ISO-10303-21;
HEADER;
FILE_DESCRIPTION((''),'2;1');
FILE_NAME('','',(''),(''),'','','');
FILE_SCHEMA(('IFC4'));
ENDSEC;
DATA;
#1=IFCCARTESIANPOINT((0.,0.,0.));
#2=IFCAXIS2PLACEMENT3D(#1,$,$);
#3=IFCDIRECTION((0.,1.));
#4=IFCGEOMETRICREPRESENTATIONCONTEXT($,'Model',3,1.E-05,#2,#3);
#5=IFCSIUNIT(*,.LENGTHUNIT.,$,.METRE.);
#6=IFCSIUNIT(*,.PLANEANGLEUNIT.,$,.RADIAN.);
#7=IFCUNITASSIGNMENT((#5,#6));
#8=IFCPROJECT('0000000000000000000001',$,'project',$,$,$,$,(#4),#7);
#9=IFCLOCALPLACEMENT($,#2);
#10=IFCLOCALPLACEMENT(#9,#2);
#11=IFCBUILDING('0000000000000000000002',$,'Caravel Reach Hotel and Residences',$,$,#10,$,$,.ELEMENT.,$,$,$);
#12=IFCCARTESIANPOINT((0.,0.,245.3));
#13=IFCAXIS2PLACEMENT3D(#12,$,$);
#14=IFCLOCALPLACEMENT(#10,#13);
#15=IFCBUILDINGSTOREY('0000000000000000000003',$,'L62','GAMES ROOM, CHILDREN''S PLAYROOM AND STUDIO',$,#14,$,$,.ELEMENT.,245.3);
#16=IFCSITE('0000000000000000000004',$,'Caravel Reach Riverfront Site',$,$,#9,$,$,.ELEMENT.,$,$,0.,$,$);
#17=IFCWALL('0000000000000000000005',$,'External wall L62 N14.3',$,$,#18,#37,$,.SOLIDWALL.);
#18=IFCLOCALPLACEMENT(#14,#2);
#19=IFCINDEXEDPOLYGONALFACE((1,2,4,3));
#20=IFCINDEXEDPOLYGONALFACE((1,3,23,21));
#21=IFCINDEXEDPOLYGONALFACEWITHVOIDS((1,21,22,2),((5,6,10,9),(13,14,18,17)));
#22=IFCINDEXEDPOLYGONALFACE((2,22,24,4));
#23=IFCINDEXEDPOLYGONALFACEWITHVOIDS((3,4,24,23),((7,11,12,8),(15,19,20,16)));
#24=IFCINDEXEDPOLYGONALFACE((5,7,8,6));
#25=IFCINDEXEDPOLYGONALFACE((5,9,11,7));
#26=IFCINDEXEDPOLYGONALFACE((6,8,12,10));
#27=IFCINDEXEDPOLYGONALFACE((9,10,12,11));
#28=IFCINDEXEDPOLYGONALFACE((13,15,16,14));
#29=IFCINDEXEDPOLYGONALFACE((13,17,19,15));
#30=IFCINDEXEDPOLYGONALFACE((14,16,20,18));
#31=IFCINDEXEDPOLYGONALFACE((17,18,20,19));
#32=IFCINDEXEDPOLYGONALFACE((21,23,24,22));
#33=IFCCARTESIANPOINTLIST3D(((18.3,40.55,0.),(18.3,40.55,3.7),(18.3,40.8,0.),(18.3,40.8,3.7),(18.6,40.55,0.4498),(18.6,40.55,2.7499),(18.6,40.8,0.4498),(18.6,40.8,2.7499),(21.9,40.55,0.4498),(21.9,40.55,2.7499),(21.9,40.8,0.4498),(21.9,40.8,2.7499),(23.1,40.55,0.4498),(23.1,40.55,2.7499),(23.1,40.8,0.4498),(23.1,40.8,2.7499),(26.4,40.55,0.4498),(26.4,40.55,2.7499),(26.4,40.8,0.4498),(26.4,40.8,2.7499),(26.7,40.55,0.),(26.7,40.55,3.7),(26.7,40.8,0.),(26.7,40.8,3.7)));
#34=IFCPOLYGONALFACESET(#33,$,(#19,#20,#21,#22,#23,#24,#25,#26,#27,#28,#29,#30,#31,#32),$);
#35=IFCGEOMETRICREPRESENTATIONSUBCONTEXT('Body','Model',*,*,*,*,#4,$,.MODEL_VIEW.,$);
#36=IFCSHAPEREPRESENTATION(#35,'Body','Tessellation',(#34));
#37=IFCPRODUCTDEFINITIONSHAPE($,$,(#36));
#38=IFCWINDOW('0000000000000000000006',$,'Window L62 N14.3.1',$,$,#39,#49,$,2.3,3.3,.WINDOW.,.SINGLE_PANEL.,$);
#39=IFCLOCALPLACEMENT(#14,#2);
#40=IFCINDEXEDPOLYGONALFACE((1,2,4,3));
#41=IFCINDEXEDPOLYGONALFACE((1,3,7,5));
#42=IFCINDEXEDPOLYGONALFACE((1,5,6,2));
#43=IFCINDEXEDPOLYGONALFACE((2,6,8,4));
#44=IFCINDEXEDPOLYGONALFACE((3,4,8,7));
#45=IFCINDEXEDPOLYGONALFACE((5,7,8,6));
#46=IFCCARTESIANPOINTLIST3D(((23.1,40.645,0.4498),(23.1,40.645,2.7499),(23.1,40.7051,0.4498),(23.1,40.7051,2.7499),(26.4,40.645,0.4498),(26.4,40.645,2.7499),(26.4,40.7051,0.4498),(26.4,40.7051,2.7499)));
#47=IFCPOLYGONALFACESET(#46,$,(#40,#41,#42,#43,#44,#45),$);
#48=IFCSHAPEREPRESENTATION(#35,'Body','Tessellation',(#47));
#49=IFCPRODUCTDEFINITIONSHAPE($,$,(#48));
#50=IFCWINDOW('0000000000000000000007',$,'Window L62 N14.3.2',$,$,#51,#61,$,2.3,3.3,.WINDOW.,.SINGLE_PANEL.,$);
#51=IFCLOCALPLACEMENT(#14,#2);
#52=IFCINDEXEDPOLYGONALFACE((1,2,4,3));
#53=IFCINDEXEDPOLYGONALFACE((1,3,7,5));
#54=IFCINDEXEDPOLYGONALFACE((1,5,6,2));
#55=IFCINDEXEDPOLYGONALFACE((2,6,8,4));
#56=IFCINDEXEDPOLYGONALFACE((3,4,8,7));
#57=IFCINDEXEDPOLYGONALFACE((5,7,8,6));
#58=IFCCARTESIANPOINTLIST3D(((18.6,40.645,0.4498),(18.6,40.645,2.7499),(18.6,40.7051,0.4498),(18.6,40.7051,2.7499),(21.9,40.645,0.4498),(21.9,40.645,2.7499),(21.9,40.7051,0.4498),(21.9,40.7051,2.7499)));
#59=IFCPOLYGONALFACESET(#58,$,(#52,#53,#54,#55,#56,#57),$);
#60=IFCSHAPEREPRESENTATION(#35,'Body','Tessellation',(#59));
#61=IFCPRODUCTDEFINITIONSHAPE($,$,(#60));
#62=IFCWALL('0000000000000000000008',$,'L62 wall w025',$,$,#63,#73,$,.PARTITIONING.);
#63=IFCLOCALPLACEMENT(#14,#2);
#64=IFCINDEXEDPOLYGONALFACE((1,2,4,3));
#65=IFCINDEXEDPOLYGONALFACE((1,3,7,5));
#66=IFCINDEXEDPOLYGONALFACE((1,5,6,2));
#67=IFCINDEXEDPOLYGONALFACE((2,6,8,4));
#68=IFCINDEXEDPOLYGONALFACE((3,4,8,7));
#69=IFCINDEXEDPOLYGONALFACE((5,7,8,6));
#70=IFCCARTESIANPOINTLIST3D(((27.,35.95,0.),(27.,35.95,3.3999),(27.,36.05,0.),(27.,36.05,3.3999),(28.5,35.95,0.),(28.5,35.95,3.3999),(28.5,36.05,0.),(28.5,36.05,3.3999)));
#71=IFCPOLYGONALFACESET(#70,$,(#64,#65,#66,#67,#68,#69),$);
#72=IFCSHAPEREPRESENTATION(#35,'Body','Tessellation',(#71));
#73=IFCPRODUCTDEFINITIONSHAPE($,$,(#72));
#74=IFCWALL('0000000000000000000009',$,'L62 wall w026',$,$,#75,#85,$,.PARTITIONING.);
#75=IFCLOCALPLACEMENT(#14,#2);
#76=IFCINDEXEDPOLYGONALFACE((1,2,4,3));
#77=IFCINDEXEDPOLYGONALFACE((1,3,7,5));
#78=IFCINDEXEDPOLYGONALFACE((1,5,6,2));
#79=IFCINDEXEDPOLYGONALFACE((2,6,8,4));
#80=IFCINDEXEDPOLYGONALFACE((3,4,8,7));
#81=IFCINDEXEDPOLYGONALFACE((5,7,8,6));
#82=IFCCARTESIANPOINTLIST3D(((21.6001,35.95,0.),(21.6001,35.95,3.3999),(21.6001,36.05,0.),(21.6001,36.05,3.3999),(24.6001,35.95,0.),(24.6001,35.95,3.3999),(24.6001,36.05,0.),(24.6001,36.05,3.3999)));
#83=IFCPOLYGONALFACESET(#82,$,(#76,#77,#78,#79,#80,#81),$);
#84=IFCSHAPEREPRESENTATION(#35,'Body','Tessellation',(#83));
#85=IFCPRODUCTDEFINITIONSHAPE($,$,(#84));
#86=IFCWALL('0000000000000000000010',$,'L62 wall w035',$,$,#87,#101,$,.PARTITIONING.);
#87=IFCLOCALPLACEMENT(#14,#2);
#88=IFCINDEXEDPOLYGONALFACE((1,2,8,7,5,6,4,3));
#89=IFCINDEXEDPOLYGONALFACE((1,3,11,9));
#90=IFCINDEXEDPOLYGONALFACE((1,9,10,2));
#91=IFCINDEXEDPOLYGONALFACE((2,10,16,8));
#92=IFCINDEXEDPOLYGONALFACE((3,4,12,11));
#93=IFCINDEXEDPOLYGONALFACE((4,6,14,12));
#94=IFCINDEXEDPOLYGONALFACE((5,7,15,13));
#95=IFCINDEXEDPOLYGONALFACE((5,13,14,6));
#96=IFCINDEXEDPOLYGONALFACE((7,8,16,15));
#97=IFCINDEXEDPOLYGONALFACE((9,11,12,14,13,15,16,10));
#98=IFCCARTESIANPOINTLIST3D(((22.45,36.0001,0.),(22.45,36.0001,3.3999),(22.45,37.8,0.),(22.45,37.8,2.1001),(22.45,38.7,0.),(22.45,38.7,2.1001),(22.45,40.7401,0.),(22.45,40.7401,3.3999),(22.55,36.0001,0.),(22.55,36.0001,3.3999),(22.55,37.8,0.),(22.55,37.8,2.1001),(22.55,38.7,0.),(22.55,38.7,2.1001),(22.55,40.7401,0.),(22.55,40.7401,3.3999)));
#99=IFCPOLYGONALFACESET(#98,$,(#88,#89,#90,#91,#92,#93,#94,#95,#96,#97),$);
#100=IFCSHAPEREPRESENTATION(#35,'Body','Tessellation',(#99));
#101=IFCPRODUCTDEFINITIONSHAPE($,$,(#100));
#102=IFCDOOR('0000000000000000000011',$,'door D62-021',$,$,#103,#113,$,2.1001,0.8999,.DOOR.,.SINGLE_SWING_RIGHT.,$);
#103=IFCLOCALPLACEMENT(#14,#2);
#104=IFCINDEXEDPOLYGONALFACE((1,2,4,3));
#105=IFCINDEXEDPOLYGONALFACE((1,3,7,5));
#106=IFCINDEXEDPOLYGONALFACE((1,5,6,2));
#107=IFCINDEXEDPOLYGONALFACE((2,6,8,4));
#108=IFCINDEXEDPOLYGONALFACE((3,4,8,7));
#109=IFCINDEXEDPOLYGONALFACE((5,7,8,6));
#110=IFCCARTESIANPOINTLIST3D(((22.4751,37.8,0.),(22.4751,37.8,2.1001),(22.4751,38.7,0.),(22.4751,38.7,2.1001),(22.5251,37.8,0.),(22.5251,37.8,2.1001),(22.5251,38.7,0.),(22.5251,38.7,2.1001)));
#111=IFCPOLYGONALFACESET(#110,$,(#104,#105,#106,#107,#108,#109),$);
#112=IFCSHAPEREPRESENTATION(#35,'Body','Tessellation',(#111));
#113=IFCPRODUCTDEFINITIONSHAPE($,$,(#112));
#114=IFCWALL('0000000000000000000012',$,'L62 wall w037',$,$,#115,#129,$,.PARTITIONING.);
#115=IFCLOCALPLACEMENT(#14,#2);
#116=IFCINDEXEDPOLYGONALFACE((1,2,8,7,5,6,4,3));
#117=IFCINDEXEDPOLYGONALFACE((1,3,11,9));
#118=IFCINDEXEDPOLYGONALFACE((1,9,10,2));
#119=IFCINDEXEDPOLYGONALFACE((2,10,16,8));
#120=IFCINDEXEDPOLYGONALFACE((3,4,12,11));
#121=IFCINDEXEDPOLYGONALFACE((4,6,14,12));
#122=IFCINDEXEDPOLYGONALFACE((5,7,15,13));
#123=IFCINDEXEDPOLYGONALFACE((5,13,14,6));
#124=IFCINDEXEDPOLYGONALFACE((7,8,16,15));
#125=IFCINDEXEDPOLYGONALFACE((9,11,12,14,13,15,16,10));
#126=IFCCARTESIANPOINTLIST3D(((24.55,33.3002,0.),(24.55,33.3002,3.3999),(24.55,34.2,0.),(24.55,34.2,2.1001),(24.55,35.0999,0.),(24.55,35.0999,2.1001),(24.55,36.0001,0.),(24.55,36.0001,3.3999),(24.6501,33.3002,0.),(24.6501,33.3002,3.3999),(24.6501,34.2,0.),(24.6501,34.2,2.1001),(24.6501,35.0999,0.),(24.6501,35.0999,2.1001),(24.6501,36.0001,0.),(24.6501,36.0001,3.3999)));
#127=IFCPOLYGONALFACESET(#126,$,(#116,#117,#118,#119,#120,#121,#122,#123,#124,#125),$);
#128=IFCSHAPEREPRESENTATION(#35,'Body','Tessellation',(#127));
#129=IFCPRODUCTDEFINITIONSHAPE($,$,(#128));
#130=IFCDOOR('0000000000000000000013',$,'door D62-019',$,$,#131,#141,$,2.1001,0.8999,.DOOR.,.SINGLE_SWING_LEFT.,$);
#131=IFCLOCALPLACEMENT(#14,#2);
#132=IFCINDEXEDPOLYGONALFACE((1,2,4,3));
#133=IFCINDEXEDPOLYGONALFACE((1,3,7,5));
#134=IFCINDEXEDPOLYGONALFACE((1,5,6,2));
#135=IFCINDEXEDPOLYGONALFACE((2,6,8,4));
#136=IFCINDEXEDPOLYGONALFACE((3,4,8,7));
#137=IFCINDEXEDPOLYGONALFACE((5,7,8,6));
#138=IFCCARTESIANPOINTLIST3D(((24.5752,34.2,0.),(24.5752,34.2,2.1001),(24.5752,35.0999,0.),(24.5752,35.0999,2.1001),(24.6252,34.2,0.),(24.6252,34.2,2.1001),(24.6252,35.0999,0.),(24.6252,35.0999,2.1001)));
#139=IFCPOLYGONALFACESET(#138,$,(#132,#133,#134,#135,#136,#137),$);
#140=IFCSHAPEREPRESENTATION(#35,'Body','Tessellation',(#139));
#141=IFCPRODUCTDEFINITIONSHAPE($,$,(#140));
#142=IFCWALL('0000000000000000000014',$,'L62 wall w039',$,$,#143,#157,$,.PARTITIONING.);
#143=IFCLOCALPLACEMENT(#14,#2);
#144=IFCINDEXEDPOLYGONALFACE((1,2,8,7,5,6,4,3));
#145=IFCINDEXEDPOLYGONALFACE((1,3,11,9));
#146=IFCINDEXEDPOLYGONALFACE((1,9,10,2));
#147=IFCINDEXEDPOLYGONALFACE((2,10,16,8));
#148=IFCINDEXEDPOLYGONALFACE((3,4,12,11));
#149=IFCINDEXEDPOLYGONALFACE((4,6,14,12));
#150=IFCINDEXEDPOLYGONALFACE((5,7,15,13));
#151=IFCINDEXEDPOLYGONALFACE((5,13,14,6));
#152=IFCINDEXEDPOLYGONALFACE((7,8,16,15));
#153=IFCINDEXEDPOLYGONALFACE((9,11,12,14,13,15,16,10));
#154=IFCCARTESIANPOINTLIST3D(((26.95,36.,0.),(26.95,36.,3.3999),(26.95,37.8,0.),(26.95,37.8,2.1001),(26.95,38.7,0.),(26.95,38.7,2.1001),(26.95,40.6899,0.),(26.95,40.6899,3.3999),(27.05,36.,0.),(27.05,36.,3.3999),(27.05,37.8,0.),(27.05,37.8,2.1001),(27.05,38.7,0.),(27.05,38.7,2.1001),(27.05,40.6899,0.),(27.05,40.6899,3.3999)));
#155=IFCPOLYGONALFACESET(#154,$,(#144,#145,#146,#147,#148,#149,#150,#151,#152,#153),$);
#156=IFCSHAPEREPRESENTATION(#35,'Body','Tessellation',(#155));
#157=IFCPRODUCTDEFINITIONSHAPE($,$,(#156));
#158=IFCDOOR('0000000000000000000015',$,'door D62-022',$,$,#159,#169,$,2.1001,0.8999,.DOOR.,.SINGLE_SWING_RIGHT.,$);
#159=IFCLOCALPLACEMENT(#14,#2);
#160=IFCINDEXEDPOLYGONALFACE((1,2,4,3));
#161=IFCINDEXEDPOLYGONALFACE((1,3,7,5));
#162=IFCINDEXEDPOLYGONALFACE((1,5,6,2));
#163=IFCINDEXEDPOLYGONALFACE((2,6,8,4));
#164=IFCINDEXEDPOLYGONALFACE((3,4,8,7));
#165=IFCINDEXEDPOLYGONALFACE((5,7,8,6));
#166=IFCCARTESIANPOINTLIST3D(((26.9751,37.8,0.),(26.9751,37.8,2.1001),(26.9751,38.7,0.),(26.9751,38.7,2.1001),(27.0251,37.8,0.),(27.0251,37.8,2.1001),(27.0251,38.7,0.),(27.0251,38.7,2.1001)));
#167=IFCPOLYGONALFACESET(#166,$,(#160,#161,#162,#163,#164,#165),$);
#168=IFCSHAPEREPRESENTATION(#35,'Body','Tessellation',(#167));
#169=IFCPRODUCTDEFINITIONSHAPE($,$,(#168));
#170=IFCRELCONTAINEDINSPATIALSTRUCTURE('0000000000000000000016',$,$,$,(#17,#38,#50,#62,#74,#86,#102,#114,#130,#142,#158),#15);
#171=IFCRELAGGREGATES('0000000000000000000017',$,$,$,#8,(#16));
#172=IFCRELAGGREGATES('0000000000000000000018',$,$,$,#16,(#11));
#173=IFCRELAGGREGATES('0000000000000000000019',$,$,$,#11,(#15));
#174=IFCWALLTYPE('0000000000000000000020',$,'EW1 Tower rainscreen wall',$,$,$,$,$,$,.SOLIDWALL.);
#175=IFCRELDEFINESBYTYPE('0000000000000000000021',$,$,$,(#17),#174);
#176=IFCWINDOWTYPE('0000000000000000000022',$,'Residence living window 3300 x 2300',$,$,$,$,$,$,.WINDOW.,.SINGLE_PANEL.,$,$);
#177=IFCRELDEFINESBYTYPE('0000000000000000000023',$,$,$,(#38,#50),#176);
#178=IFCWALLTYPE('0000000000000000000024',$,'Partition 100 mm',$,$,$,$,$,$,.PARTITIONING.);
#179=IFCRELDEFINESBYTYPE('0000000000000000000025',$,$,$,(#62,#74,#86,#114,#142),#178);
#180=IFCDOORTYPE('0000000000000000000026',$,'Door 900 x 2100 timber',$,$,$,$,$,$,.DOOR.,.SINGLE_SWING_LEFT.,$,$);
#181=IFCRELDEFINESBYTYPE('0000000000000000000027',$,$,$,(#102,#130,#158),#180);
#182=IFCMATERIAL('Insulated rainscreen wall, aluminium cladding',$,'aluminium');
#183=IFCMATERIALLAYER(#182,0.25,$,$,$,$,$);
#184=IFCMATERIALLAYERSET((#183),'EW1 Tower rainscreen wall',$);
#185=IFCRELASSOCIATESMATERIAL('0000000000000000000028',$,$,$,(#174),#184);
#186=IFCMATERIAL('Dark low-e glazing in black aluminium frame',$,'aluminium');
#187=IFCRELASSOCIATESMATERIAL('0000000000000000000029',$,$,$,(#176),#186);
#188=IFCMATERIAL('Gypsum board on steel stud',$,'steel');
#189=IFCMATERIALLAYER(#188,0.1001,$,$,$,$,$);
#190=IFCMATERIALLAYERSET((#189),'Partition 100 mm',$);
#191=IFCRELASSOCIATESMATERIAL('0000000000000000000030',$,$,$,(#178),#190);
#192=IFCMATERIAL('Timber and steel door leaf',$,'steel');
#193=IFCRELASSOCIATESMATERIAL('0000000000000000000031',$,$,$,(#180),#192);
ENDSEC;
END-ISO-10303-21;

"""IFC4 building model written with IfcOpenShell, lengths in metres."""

from ifc_helpers import new_model, si_unit, direction, frame, frame_2d, origin, place, context, subcontext, project, spatial, rectangle, extrude, material, layer, layer_set, type_object, element, fill, save


model = new_model("IFC4")

# Units and contexts
model_context = context("Model", 3, precision=1e-05, world=origin(), true_north=direction((0.0, 1.0)))
body_context = subcontext(model_context, "Body", "Model", "MODEL_VIEW")
ifc_project = project(units=[si_unit("LENGTHUNIT", "METRE"), si_unit("PLANEANGLEUNIT", "RADIAN")], contexts=[model_context])

# Site, building, storey
site_placement = place(None, origin())
site = spatial("IfcSite", under=ifc_project, at=site_placement, Name="Caravel Reach Riverfront Site", CompositionType="ELEMENT", RefElevation=0.0)
building_placement = place(site_placement, origin())
building = spatial("IfcBuilding", under=site, at=building_placement, Name="Caravel Reach Hotel and Residences", CompositionType="ELEMENT")
storey_placement = place(building_placement, frame((0.0, 0.0, 245.3)))
storey = spatial("IfcBuildingStorey", under=building, at=storey_placement, Name="L62", Description="GAMES ROOM, CHILDREN'S PLAYROOM AND STUDIO", CompositionType="ELEMENT", Elevation=245.3)

# Wall, openings, windows
ifc_material_1 = material(Name="Insulated rainscreen wall, aluminium cladding", Category="aluminium")
ifc_layer_1 = layer(ifc_material_1, 0.25)
ifc_layer_set_1 = layer_set([ifc_layer_1], Name="EW1 Tower rainscreen wall")
wall_type_1 = type_object("IfcWallType", Name="EW1 Tower rainscreen wall", PredefinedType="SOLIDWALL", material=ifc_layer_set_1)
wall_1_placement = place(storey_placement, frame((26.7, 40.675, 0.0), z_axis=(0.0, 0.0, 1.0), x_axis=(-1.0, 0.0, 0.0)))
wall_1 = element("IfcWall", 1, at=wall_1_placement, inside=storey, type_object=wall_type_1, Name="External wall L62 N14.3", PredefinedType="SOLIDWALL", context=body_context, shape_type="SweptSolid", body=[
    extrude(rectangle(XDim=8.3999, YDim=0.25, at=frame_2d((4.2, 0.0))), origin(), (0.0, 0.0, 1.0), 3.7),
])
opening_1_placement = place(wall_1_placement, frame((0.3, 0.0, 0.45)))
opening_1 = element("IfcOpeningElement", 2, at=opening_1_placement, cuts=wall_1, PredefinedType="OPENING", context=body_context, shape_type="SweptSolid", body=[
    extrude(rectangle(XDim=3.3, YDim=2.3, at=frame_2d((1.6499, 1.1499))), frame((0.0, 0.135, 0.0), z_axis=(0.0, -1.0, 0.0), x_axis=(1.0, 0.0, 0.0)), (0.0, 0.0, 1.0), 0.27),
])
opening_2_placement = place(wall_1_placement, frame((4.8, 0.0, 0.45)))
opening_2 = element("IfcOpeningElement", 3, at=opening_2_placement, cuts=wall_1, PredefinedType="OPENING", context=body_context, shape_type="SweptSolid", body=[
    extrude(rectangle(XDim=3.3, YDim=2.3, at=frame_2d((1.6499, 1.1499))), frame((0.0, 0.135, 0.0), z_axis=(0.0, -1.0, 0.0), x_axis=(1.0, 0.0, 0.0)), (0.0, 0.0, 1.0), 0.27),
])
ifc_material_2 = material(Name="Dark low-e glazing in black aluminium frame", Category="aluminium")
window_type = type_object("IfcWindowType", Name="Residence living window 3300 x 2300", PartitioningType="SINGLE_PANEL", PredefinedType="WINDOW", material=ifc_material_2)
window_1_placement = place(opening_1_placement, origin())
window_1 = element("IfcWindow", 4, at=window_1_placement, inside=storey, type_object=window_type, Name="Window L62 N14.3.1", OverallHeight=2.3, OverallWidth=3.3, PartitioningType="SINGLE_PANEL", PredefinedType="WINDOW", context=body_context, shape_type="SweptSolid", body=[
    extrude(rectangle(XDim=3.3, YDim=2.3, at=frame_2d((1.6499, 1.1499))), frame((0.0, 0.03, 0.0), z_axis=(0.0, -1.0, 0.0), x_axis=(1.0, 0.0, 0.0)), (0.0, 0.0, 1.0), 0.0601),
])
fill(opening_1, window_1)
window_2_placement = place(opening_2_placement, origin())
window_2 = element("IfcWindow", 5, at=window_2_placement, inside=storey, type_object=window_type, Name="Window L62 N14.3.2", OverallHeight=2.3, OverallWidth=3.3, PartitioningType="SINGLE_PANEL", PredefinedType="WINDOW", context=body_context, shape_type="SweptSolid", body=[
    extrude(rectangle(XDim=3.3, YDim=2.3, at=frame_2d((1.6499, 1.1499))), frame((0.0, 0.03, 0.0), z_axis=(0.0, -1.0, 0.0), x_axis=(1.0, 0.0, 0.0)), (0.0, 0.0, 1.0), 0.0601),
])
fill(opening_2, window_2)

# Walls
ifc_material_3 = material(Name="Gypsum board on steel stud", Category="steel")
ifc_layer_2 = layer(ifc_material_3, 0.1001)
ifc_layer_set_2 = layer_set([ifc_layer_2], Name="Partition 100 mm")
wall_type_2 = type_object("IfcWallType", Name="Partition 100 mm", PredefinedType="PARTITIONING", material=ifc_layer_set_2)
wall_2_placement = place(storey_placement, frame((27.0, 36.0, 0.0), z_axis=(0.0, 0.0, 1.0), x_axis=(1.0, 0.0, 0.0)))
element("IfcWall", 6, at=wall_2_placement, inside=storey, type_object=wall_type_2, Name="L62 wall w025", PredefinedType="PARTITIONING", context=body_context, shape_type="SweptSolid", body=[
    extrude(rectangle(XDim=1.5, YDim=0.1001, at=frame_2d((0.75, 0.0))), origin(), (0.0, 0.0, 1.0), 3.3999),
])
wall_3_placement = place(storey_placement, frame((21.6001, 36.0, 0.0), z_axis=(0.0, 0.0, 1.0), x_axis=(1.0, 0.0, 0.0)))
element("IfcWall", 7, at=wall_3_placement, inside=storey, type_object=wall_type_2, Name="L62 wall w026", PredefinedType="PARTITIONING", context=body_context, shape_type="SweptSolid", body=[
    extrude(rectangle(XDim=3.0, YDim=0.1001, at=frame_2d((1.5, 0.0))), origin(), (0.0, 0.0, 1.0), 3.3999),
])

# Walls, openings, doors
wall_4_placement = place(storey_placement, frame((22.5, 36.0, 0.0), z_axis=(0.0, 0.0, 1.0), x_axis=(0.0, 1.0, 0.0)))
wall_4 = element("IfcWall", 8, at=wall_4_placement, inside=storey, type_object=wall_type_2, Name="L62 wall w035", PredefinedType="PARTITIONING", context=body_context, shape_type="SweptSolid", body=[
    extrude(rectangle(XDim=4.74, YDim=0.1001, at=frame_2d((2.3701, 0.0))), origin(), (0.0, 0.0, 1.0), 3.3999),
])
opening_3_placement = place(wall_4_placement, frame((1.8, 0.0, 0.0)))
opening_3 = element("IfcOpeningElement", 9, at=opening_3_placement, cuts=wall_4, PredefinedType="OPENING", context=body_context, shape_type="SweptSolid", body=[
    extrude(rectangle(XDim=0.8999, YDim=2.1001, at=frame_2d((0.45, 1.05))), frame((0.0, 0.0601, 0.0), z_axis=(0.0, -1.0, 0.0), x_axis=(1.0, 0.0, 0.0)), (0.0, 0.0, 1.0), 0.1201),
])
ifc_material_4 = material(Name="Timber and steel door leaf", Category="steel")
door_type_1 = type_object("IfcDoorType", Name="Door 900 x 2100 timber", OperationType="SINGLE_SWING_LEFT", PredefinedType="DOOR", material=ifc_material_4)
door_1_placement = place(opening_3_placement, origin())
door_1 = element("IfcDoor", 10, at=door_1_placement, inside=storey, type_object=door_type_1, Name="door D62-021", OperationType="SINGLE_SWING_RIGHT", OverallHeight=2.1001, OverallWidth=0.8999, PredefinedType="DOOR", context=body_context, shape_type="SweptSolid", body=[
    extrude(rectangle(XDim=0.8999, YDim=2.1001, at=frame_2d((0.45, 1.05))), frame((0.0, 0.0249, 0.0), z_axis=(0.0, -1.0, 0.0), x_axis=(1.0, 0.0, 0.0)), (0.0, 0.0, 1.0), 0.05),
])
fill(opening_3, door_1)
wall_5_placement = place(storey_placement, frame((24.6001, 33.3, 0.0), z_axis=(0.0, 0.0, 1.0), x_axis=(0.0, 1.0, 0.0)))
wall_5 = element("IfcWall", 11, at=wall_5_placement, inside=storey, type_object=wall_type_2, Name="L62 wall w037", PredefinedType="PARTITIONING", context=body_context, shape_type="SweptSolid", body=[
    extrude(rectangle(XDim=2.7, YDim=0.1001, at=frame_2d((1.3501, 0.0))), origin(), (0.0, 0.0, 1.0), 3.3999),
])
opening_4_placement = place(wall_5_placement, frame((0.8999, 0.0, 0.0)))
opening_4 = element("IfcOpeningElement", 12, at=opening_4_placement, cuts=wall_5, PredefinedType="OPENING", context=body_context, shape_type="SweptSolid", body=[
    extrude(rectangle(XDim=0.8999, YDim=2.1001, at=frame_2d((0.45, 1.05))), frame((0.0, 0.0601, 0.0), z_axis=(0.0, -1.0, 0.0), x_axis=(1.0, 0.0, 0.0)), (0.0, 0.0, 1.0), 0.1201),
])
door_2_placement = place(opening_4_placement, origin())
door_2 = element("IfcDoor", 13, at=door_2_placement, inside=storey, type_object=door_type_1, Name="door D62-019", OperationType="SINGLE_SWING_LEFT", OverallHeight=2.1001, OverallWidth=0.8999, PredefinedType="DOOR", context=body_context, shape_type="SweptSolid", body=[
    extrude(rectangle(XDim=0.8999, YDim=2.1001, at=frame_2d((0.45, 1.05))), frame((0.0, 0.0249, 0.0), z_axis=(0.0, -1.0, 0.0), x_axis=(1.0, 0.0, 0.0)), (0.0, 0.0, 1.0), 0.05),
])
fill(opening_4, door_2)
wall_6_placement = place(storey_placement, frame((27.0, 36.0, 0.0), z_axis=(0.0, 0.0, 1.0), x_axis=(0.0, 1.0, 0.0)))
wall_6 = element("IfcWall", 14, at=wall_6_placement, inside=storey, type_object=wall_type_2, Name="L62 wall w039", PredefinedType="PARTITIONING", context=body_context, shape_type="SweptSolid", body=[
    extrude(rectangle(XDim=4.6899, YDim=0.1001, at=frame_2d((2.345, 0.0))), origin(), (0.0, 0.0, 1.0), 3.3999),
])
opening_5_placement = place(wall_6_placement, frame((1.8, 0.0, 0.0)))
opening_5 = element("IfcOpeningElement", 15, at=opening_5_placement, cuts=wall_6, PredefinedType="OPENING", context=body_context, shape_type="SweptSolid", body=[
    extrude(rectangle(XDim=0.8999, YDim=2.1001, at=frame_2d((0.45, 1.05))), frame((0.0, 0.0601, 0.0), z_axis=(0.0, -1.0, 0.0), x_axis=(1.0, 0.0, 0.0)), (0.0, 0.0, 1.0), 0.1201),
])
door_3_placement = place(opening_5_placement, origin())
door_3 = element("IfcDoor", 16, at=door_3_placement, inside=storey, type_object=door_type_1, Name="door D62-022", OperationType="SINGLE_SWING_RIGHT", OverallHeight=2.1001, OverallWidth=0.8999, PredefinedType="DOOR", context=body_context, shape_type="SweptSolid", body=[
    extrude(rectangle(XDim=0.8999, YDim=2.1001, at=frame_2d((0.45, 1.05))), frame((0.0, 0.0249, 0.0), z_axis=(0.0, -1.0, 0.0), x_axis=(1.0, 0.0, 0.0)), (0.0, 0.0, 1.0), 0.05),
])
fill(opening_5, door_3)

save(model, "model.ifc")
